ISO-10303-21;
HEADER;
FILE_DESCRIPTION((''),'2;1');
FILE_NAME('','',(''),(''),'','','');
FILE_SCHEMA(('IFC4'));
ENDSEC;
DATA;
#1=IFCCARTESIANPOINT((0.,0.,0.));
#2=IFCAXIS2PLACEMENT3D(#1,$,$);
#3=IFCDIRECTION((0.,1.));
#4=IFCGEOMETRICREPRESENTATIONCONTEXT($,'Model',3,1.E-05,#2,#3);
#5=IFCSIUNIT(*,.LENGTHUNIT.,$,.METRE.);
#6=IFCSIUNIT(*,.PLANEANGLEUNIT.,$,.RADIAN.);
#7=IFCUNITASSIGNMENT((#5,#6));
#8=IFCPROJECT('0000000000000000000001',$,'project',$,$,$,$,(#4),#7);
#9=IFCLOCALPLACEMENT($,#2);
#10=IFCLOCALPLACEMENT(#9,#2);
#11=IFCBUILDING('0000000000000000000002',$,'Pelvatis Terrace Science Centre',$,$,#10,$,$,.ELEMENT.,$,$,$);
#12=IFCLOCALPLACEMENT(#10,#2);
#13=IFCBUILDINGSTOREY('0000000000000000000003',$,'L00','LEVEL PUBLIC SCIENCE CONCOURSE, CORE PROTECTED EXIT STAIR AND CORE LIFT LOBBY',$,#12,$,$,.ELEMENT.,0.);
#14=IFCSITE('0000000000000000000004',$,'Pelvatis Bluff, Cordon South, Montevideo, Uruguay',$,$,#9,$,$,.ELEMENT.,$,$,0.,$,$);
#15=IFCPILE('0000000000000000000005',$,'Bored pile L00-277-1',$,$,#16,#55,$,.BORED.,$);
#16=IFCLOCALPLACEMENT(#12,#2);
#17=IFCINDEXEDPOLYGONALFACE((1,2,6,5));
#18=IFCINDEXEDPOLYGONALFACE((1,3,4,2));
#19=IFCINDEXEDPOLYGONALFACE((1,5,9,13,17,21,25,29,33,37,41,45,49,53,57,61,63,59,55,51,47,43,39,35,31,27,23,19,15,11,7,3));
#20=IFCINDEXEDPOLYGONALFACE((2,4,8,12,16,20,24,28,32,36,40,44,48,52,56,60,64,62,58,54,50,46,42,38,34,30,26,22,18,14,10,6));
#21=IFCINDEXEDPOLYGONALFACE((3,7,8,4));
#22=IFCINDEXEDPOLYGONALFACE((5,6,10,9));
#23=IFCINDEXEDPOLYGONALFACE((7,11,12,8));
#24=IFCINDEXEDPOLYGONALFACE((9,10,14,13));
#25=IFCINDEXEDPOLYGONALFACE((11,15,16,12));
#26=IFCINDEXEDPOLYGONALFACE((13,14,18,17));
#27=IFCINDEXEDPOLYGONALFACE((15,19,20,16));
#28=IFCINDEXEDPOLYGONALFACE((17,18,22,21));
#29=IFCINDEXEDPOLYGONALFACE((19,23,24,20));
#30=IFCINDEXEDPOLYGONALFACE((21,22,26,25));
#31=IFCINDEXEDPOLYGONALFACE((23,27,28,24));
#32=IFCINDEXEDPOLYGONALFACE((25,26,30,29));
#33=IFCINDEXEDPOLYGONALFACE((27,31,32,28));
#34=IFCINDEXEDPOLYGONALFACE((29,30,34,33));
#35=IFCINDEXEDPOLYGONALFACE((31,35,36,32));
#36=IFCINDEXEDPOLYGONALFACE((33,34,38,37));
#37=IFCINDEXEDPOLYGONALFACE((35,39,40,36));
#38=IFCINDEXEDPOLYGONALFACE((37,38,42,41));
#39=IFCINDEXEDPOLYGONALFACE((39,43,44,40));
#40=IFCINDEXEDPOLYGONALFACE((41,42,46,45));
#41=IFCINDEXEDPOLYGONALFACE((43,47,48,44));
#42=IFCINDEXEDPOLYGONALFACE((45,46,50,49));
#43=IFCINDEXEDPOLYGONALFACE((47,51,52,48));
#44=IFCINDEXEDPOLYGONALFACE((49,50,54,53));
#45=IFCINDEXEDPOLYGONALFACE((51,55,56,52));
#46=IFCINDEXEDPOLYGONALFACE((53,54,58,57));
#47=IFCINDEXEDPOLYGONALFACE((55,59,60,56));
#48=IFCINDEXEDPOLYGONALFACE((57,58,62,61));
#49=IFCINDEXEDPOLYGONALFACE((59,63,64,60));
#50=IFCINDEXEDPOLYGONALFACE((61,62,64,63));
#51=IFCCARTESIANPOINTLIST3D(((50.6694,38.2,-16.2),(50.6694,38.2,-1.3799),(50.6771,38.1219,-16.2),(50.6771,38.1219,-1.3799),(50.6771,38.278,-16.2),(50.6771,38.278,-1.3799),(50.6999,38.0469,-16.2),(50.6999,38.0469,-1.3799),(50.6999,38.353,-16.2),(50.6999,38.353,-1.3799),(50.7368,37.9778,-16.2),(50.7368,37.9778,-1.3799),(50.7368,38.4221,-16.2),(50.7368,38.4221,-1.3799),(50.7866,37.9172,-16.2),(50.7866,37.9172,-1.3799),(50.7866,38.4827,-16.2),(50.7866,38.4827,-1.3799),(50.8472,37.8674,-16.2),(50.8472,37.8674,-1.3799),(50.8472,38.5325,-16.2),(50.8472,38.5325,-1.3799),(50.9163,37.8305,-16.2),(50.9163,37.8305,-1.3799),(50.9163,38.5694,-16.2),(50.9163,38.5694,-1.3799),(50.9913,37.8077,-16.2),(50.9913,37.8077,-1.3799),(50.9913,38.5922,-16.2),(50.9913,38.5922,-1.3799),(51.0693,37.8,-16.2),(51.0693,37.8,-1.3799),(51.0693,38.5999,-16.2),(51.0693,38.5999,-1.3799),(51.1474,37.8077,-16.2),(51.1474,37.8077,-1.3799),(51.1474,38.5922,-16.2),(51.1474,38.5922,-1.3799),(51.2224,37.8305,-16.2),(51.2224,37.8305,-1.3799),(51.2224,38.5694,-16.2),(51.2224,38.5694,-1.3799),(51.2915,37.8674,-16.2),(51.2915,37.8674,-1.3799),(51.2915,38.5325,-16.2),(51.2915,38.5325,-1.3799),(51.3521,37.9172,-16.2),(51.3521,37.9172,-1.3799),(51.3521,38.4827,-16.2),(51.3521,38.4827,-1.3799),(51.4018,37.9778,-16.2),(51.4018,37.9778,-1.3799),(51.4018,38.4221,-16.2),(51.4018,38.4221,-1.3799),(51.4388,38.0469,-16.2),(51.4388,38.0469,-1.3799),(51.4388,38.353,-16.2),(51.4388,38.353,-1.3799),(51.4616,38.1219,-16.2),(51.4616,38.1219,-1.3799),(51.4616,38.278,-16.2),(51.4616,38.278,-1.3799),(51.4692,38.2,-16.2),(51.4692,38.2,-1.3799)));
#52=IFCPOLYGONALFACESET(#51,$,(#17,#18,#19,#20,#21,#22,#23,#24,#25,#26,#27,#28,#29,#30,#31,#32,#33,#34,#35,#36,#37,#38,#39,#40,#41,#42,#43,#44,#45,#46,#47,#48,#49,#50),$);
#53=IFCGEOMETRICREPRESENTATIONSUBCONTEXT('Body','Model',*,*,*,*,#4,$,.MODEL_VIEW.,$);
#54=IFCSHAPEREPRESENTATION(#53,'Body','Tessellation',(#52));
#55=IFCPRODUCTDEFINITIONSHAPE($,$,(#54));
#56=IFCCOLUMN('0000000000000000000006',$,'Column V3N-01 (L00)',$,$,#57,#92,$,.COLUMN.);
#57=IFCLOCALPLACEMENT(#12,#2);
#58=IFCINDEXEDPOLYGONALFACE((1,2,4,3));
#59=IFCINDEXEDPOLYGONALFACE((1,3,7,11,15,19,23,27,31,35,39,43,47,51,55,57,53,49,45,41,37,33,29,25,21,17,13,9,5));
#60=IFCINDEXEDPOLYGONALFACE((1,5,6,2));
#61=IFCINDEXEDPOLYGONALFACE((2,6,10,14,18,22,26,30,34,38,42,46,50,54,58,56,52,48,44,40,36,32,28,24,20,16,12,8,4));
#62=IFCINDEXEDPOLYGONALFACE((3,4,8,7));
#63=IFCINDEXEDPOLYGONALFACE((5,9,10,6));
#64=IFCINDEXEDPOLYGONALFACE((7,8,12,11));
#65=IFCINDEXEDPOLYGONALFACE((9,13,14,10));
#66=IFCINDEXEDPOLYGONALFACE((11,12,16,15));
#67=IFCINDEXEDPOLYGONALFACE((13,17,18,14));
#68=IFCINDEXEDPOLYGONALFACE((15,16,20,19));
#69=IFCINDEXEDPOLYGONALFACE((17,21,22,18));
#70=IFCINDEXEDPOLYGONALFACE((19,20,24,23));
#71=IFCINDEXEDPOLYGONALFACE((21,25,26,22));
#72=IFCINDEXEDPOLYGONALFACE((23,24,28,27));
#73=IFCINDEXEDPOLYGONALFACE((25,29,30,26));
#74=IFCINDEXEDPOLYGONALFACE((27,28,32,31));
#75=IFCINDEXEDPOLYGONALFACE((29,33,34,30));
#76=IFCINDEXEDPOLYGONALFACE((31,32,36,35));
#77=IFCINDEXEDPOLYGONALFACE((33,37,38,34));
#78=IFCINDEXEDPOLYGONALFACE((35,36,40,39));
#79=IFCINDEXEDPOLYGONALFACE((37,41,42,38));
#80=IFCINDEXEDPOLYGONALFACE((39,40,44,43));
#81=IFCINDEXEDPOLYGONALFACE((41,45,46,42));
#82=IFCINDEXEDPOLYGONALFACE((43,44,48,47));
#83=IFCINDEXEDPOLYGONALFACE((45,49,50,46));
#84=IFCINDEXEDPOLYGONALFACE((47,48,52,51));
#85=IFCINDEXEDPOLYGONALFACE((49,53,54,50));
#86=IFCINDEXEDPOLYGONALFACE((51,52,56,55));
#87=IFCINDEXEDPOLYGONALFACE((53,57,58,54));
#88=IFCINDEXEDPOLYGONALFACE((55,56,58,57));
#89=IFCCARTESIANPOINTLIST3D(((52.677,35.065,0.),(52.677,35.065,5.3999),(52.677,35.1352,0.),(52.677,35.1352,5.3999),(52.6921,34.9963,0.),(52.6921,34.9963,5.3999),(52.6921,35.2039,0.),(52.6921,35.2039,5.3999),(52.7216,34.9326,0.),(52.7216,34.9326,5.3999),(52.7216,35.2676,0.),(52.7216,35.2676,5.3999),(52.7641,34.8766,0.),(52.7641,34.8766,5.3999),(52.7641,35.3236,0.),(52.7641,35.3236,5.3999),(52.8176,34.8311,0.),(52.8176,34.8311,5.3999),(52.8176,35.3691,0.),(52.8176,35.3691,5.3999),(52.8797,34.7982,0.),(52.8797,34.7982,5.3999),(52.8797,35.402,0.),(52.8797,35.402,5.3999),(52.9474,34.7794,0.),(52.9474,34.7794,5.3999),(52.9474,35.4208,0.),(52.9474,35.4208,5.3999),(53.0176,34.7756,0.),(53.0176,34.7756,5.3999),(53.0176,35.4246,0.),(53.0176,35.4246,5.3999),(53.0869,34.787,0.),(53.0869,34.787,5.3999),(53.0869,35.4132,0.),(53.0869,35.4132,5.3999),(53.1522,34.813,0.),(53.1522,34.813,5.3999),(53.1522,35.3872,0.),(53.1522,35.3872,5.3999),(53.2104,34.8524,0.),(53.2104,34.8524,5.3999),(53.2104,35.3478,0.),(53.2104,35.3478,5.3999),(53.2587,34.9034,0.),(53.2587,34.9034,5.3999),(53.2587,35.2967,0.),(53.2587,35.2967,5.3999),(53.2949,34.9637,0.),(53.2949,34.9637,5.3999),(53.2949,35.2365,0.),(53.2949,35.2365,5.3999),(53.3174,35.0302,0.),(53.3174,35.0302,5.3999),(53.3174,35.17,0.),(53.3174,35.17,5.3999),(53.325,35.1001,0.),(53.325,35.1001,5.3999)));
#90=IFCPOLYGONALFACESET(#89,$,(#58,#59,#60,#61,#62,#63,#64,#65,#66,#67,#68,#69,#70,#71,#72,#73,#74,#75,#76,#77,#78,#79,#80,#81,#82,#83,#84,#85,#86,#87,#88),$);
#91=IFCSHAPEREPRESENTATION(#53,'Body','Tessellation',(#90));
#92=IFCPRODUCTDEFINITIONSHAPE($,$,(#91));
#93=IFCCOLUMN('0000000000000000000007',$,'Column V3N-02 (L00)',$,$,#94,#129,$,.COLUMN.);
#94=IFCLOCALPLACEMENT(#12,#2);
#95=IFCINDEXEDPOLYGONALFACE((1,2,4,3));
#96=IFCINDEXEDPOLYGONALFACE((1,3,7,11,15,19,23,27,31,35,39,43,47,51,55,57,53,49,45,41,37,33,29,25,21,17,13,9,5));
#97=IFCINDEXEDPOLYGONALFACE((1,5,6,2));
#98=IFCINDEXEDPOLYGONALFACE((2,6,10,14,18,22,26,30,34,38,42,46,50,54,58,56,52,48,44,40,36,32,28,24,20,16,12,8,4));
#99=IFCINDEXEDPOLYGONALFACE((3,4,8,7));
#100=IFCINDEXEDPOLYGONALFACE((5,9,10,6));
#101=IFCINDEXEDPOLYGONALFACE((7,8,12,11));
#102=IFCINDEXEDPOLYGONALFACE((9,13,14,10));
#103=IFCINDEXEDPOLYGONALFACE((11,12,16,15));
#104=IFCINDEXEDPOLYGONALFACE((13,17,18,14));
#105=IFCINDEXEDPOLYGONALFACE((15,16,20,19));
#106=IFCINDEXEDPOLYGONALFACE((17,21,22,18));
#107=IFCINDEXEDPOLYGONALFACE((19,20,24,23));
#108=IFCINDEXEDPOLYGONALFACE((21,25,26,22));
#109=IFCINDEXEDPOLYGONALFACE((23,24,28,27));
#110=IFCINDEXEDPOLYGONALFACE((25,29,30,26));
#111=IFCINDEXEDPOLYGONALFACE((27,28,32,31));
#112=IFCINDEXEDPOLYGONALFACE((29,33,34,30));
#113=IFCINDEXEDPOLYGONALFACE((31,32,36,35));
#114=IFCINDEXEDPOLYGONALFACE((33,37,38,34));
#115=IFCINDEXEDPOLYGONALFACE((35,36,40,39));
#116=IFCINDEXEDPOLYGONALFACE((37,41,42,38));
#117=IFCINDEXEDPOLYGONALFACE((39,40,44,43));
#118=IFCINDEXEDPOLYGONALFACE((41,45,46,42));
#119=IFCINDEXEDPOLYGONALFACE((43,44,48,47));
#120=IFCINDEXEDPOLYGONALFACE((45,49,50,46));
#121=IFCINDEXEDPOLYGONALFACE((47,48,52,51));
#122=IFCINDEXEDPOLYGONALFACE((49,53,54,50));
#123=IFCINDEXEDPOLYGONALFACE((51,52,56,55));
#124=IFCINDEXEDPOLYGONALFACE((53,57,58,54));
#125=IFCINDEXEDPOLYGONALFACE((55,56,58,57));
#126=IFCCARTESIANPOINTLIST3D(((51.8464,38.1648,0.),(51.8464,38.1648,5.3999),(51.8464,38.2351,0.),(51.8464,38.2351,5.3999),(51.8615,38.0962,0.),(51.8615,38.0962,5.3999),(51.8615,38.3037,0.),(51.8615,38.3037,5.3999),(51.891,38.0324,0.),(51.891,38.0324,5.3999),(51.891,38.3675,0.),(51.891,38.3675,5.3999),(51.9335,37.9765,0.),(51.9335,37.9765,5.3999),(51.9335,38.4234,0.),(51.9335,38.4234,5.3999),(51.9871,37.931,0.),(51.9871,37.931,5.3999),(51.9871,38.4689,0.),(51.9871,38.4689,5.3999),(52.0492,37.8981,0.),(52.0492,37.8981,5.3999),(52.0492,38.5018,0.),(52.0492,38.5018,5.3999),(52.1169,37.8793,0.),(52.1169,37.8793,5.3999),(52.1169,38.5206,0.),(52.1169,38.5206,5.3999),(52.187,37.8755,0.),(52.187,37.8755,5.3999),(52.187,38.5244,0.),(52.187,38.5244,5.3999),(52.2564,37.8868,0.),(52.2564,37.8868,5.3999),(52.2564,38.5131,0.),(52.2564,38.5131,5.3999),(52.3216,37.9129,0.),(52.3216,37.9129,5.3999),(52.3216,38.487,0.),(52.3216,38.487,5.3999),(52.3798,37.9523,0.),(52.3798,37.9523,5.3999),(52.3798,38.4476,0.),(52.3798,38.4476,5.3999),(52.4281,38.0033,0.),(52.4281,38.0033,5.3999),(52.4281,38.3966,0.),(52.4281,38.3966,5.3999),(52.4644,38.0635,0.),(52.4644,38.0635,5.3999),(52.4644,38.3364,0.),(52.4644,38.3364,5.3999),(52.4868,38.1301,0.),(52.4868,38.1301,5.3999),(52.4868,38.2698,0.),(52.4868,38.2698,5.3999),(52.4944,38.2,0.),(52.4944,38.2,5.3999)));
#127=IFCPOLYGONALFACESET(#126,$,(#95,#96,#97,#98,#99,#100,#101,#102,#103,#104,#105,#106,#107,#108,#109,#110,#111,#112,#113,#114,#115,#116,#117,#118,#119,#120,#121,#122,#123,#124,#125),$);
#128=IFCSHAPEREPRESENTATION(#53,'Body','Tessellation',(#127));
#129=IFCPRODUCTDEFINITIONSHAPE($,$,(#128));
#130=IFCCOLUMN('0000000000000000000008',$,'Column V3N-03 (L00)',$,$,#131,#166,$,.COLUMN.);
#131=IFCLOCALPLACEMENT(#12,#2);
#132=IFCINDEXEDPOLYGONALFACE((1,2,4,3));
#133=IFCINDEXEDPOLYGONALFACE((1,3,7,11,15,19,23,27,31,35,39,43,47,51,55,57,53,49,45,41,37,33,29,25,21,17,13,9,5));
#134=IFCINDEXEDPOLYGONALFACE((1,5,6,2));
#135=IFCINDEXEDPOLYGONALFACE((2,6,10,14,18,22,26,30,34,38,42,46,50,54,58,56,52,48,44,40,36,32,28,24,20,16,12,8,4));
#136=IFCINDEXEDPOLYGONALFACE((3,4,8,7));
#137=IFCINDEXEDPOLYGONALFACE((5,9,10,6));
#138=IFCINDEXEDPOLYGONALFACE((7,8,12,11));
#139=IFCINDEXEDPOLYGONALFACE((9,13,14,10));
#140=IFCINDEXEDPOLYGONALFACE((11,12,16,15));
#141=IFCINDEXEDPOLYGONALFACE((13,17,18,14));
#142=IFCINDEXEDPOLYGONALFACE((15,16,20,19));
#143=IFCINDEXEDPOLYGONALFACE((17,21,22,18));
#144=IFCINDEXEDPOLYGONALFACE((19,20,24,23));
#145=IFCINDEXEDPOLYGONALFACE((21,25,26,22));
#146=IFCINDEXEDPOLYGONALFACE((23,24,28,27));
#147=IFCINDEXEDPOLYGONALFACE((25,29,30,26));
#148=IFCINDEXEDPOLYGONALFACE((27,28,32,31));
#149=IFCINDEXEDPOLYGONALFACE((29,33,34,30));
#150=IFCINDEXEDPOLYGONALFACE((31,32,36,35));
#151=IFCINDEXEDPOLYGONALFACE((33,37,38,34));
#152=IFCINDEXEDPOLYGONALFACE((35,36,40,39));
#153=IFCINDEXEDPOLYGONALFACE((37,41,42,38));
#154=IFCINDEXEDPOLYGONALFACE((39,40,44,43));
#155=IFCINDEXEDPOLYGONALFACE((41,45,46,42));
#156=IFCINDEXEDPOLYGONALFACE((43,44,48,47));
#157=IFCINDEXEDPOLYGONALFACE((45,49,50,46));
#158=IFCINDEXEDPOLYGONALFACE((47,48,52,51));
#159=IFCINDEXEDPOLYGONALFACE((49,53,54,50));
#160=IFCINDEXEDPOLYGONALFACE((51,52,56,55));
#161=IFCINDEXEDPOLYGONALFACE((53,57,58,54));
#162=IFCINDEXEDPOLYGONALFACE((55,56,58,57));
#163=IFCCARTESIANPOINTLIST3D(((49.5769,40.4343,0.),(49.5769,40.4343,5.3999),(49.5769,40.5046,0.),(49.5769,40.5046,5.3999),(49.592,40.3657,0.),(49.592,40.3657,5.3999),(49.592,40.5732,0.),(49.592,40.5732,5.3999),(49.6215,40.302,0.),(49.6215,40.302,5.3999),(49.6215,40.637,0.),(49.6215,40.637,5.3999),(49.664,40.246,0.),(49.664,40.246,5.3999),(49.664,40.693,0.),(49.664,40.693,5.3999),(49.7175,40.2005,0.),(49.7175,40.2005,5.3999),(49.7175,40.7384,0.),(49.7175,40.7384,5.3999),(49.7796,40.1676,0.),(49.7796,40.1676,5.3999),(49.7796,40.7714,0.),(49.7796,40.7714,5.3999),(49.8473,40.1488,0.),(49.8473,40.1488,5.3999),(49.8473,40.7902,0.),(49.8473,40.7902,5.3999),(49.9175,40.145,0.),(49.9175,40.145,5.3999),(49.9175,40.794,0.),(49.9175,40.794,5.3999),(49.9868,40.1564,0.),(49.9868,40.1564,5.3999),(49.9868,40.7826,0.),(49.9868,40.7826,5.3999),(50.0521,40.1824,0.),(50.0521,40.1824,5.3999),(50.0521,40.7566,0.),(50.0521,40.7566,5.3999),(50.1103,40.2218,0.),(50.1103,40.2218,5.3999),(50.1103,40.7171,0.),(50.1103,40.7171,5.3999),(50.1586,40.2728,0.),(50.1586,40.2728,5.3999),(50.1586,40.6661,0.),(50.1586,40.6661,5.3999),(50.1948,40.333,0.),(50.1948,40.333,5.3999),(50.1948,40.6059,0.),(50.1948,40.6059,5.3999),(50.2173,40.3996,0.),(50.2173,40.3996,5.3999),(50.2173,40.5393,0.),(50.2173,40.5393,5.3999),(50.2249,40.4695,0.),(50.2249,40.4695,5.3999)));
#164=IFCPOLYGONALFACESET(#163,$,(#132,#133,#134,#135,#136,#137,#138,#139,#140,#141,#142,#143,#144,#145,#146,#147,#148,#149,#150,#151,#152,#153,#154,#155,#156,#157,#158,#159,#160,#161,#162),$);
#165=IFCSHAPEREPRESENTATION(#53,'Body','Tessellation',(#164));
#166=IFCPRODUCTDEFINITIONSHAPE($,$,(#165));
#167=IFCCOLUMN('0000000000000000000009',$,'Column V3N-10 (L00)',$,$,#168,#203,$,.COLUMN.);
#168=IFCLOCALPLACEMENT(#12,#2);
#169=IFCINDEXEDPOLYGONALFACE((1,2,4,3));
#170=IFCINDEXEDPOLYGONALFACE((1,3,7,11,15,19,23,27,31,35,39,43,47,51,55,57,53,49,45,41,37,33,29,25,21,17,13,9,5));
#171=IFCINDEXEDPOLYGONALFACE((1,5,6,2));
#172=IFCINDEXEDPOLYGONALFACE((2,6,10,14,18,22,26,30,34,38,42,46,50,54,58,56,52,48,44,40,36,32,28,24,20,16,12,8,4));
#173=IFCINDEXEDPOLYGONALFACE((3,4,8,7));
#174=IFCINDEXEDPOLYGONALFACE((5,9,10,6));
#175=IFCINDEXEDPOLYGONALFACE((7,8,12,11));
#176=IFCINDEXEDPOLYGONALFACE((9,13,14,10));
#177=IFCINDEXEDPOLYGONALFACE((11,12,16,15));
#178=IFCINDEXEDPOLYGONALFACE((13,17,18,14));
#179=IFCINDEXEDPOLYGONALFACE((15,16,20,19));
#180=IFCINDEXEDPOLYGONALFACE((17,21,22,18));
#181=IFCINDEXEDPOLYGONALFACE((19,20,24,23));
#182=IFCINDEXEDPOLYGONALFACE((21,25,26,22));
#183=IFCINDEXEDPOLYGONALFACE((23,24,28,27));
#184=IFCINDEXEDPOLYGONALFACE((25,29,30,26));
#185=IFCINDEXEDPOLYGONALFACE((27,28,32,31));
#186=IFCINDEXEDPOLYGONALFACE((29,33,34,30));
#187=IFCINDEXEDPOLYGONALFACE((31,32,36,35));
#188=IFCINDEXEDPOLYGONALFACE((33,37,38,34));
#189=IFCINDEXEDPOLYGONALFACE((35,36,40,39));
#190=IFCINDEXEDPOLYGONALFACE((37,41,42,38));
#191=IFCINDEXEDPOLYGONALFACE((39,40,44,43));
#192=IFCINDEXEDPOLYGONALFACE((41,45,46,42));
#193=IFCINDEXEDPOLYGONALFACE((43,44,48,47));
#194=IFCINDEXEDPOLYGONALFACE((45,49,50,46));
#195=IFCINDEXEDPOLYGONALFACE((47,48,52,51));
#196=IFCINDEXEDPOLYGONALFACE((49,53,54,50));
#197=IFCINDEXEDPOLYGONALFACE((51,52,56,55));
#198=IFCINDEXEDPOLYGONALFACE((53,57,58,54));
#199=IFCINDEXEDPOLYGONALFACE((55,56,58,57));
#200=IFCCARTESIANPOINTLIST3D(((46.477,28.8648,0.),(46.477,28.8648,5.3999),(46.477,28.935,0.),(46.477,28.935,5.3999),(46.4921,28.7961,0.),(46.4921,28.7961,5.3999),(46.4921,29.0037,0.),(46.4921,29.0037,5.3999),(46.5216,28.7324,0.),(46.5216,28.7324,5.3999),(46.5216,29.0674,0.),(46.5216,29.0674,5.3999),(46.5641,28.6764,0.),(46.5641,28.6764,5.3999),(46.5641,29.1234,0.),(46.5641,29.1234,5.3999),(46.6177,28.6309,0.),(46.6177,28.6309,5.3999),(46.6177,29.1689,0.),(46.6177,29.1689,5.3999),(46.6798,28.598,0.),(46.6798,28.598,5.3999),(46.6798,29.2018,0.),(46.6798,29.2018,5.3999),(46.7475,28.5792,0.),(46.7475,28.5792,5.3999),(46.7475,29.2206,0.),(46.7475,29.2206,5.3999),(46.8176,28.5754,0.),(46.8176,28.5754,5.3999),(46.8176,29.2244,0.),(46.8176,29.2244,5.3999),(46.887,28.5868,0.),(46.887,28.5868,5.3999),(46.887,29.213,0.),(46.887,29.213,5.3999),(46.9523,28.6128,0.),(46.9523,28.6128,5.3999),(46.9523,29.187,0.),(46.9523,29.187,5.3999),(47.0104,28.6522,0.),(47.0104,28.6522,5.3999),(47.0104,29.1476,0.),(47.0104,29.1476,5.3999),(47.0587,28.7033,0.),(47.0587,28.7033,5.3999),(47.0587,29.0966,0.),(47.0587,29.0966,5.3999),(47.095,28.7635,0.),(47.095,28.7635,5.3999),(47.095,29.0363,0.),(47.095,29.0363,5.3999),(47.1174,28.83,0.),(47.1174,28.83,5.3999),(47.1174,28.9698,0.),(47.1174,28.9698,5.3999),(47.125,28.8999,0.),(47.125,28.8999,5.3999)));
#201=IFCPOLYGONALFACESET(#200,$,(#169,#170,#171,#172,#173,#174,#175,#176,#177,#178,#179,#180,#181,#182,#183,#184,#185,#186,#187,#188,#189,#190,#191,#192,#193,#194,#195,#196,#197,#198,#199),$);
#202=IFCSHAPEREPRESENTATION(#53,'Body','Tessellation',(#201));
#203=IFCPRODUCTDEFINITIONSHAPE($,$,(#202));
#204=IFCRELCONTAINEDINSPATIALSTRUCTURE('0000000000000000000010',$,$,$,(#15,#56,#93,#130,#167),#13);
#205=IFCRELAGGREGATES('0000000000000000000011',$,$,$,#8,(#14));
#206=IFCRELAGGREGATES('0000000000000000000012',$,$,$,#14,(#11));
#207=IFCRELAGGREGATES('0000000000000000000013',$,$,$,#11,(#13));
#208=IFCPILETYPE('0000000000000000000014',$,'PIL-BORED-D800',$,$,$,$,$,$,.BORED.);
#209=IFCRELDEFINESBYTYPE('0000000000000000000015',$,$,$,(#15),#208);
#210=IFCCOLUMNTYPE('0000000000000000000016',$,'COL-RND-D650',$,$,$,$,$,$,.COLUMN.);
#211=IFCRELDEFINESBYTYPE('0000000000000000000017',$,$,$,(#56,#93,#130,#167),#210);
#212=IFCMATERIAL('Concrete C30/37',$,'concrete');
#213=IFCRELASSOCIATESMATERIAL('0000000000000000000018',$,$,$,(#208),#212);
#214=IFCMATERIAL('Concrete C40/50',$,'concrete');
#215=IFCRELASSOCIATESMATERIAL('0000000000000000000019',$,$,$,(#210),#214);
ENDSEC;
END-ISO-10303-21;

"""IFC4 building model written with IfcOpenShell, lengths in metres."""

from ifc_helpers import new_model, si_unit, direction, frame, origin, origin_2d, place, context, subcontext, project, spatial, circle, extrude, material, material_profile, profile_set, type_object, element, save


model = new_model("IFC4")

# Units and contexts
model_context = context("Model", 3, precision=1e-05, world=origin(), true_north=direction((0.0, 1.0)))
body_context = subcontext(model_context, "Body", "Model", "MODEL_VIEW")
ifc_project = project(units=[si_unit("LENGTHUNIT", "METRE"), si_unit("PLANEANGLEUNIT", "RADIAN")], contexts=[model_context])

# Site, building, storey
site_placement = place(None, origin())
site = spatial("IfcSite", under=ifc_project, at=site_placement, Name="Pelvatis Bluff, Cordon South, Montevideo, Uruguay", CompositionType="ELEMENT", RefElevation=0.0)
building_placement = place(site_placement, origin())
building = spatial("IfcBuilding", under=site, at=building_placement, Name="Pelvatis Terrace Science Centre", CompositionType="ELEMENT")
storey_placement = place(building_placement, origin())
storey = spatial("IfcBuildingStorey", under=building, at=storey_placement, Name="L00", Description="LEVEL PUBLIC SCIENCE CONCOURSE, CORE PROTECTED EXIT STAIR AND CORE LIFT LOBBY", CompositionType="ELEMENT", Elevation=0.0)

# Pile
ifc_material_1 = material(Name="Concrete C30/37", Category="concrete")
ifc_material_profile_1 = material_profile(ifc_material_1, circle(Radius=0.3999, at=origin_2d()), Name="PILE D800")
ifc_profile_set_1 = profile_set([ifc_material_profile_1], Name="Concrete C30/37")
pile_type = type_object("IfcPileType", Name="PIL-BORED-D800", PredefinedType="BORED", material=ifc_profile_set_1)
pile_placement = place(storey_placement, frame((51.0693, 38.2, -1.3799), z_axis=(0.0, 0.0, -1.0), x_axis=(1.0, 0.0, 0.0)))
element("IfcPile", 1, at=pile_placement, inside=storey, type_object=pile_type, Name="Bored pile L00-277-1", PredefinedType="BORED", context=body_context, shape_type="SweptSolid", body=[
    extrude(circle(Radius=0.3999, at=origin_2d()), origin(), (0.0, 0.0, 1.0), 14.8201),
])

# Columns
ifc_material_2 = material(Name="Concrete C40/50", Category="concrete")
ifc_material_profile_2 = material_profile(ifc_material_2, circle(Radius=0.325, at=origin_2d()), Name="RC-RCOL D650")
ifc_profile_set_2 = profile_set([ifc_material_profile_2], Name="Concrete C40/50")
column_type = type_object("IfcColumnType", Name="COL-RND-D650", PredefinedType="COLUMN", material=ifc_profile_set_2)
for number, where, z_axis, x_axis, name in (
    (2, (53.0, 35.1001, 0.0), (0.0, 0.0, 1.0), (1.0, 0.0, 0.0), "Column V3N-01 (L00)"),
    (3, (52.1694, 38.2, 0.0), (0.0, 0.0, 1.0), (1.0, 0.0, 0.0), "Column V3N-02 (L00)"),
    (4, (49.8999, 40.4695, 0.0), (0.0, 0.0, 1.0), (1.0, 0.0, 0.0), "Column V3N-03 (L00)"),
    (5, (46.8, 28.8999, 0.0), (0.0, 0.0, 1.0), (1.0, 0.0, 0.0), "Column V3N-10 (L00)"),
):
    element("IfcColumn", number, at=place(storey_placement, frame(where, z_axis=z_axis, x_axis=x_axis)), inside=storey, type_object=column_type, Name=name, PredefinedType="COLUMN", context=body_context, shape_type="SweptSolid", body=[
        extrude(circle(Radius=0.325, at=origin_2d()), origin(), (0.0, 0.0, 1.0), 5.3999),
    ])

save(model, "model.ifc")
